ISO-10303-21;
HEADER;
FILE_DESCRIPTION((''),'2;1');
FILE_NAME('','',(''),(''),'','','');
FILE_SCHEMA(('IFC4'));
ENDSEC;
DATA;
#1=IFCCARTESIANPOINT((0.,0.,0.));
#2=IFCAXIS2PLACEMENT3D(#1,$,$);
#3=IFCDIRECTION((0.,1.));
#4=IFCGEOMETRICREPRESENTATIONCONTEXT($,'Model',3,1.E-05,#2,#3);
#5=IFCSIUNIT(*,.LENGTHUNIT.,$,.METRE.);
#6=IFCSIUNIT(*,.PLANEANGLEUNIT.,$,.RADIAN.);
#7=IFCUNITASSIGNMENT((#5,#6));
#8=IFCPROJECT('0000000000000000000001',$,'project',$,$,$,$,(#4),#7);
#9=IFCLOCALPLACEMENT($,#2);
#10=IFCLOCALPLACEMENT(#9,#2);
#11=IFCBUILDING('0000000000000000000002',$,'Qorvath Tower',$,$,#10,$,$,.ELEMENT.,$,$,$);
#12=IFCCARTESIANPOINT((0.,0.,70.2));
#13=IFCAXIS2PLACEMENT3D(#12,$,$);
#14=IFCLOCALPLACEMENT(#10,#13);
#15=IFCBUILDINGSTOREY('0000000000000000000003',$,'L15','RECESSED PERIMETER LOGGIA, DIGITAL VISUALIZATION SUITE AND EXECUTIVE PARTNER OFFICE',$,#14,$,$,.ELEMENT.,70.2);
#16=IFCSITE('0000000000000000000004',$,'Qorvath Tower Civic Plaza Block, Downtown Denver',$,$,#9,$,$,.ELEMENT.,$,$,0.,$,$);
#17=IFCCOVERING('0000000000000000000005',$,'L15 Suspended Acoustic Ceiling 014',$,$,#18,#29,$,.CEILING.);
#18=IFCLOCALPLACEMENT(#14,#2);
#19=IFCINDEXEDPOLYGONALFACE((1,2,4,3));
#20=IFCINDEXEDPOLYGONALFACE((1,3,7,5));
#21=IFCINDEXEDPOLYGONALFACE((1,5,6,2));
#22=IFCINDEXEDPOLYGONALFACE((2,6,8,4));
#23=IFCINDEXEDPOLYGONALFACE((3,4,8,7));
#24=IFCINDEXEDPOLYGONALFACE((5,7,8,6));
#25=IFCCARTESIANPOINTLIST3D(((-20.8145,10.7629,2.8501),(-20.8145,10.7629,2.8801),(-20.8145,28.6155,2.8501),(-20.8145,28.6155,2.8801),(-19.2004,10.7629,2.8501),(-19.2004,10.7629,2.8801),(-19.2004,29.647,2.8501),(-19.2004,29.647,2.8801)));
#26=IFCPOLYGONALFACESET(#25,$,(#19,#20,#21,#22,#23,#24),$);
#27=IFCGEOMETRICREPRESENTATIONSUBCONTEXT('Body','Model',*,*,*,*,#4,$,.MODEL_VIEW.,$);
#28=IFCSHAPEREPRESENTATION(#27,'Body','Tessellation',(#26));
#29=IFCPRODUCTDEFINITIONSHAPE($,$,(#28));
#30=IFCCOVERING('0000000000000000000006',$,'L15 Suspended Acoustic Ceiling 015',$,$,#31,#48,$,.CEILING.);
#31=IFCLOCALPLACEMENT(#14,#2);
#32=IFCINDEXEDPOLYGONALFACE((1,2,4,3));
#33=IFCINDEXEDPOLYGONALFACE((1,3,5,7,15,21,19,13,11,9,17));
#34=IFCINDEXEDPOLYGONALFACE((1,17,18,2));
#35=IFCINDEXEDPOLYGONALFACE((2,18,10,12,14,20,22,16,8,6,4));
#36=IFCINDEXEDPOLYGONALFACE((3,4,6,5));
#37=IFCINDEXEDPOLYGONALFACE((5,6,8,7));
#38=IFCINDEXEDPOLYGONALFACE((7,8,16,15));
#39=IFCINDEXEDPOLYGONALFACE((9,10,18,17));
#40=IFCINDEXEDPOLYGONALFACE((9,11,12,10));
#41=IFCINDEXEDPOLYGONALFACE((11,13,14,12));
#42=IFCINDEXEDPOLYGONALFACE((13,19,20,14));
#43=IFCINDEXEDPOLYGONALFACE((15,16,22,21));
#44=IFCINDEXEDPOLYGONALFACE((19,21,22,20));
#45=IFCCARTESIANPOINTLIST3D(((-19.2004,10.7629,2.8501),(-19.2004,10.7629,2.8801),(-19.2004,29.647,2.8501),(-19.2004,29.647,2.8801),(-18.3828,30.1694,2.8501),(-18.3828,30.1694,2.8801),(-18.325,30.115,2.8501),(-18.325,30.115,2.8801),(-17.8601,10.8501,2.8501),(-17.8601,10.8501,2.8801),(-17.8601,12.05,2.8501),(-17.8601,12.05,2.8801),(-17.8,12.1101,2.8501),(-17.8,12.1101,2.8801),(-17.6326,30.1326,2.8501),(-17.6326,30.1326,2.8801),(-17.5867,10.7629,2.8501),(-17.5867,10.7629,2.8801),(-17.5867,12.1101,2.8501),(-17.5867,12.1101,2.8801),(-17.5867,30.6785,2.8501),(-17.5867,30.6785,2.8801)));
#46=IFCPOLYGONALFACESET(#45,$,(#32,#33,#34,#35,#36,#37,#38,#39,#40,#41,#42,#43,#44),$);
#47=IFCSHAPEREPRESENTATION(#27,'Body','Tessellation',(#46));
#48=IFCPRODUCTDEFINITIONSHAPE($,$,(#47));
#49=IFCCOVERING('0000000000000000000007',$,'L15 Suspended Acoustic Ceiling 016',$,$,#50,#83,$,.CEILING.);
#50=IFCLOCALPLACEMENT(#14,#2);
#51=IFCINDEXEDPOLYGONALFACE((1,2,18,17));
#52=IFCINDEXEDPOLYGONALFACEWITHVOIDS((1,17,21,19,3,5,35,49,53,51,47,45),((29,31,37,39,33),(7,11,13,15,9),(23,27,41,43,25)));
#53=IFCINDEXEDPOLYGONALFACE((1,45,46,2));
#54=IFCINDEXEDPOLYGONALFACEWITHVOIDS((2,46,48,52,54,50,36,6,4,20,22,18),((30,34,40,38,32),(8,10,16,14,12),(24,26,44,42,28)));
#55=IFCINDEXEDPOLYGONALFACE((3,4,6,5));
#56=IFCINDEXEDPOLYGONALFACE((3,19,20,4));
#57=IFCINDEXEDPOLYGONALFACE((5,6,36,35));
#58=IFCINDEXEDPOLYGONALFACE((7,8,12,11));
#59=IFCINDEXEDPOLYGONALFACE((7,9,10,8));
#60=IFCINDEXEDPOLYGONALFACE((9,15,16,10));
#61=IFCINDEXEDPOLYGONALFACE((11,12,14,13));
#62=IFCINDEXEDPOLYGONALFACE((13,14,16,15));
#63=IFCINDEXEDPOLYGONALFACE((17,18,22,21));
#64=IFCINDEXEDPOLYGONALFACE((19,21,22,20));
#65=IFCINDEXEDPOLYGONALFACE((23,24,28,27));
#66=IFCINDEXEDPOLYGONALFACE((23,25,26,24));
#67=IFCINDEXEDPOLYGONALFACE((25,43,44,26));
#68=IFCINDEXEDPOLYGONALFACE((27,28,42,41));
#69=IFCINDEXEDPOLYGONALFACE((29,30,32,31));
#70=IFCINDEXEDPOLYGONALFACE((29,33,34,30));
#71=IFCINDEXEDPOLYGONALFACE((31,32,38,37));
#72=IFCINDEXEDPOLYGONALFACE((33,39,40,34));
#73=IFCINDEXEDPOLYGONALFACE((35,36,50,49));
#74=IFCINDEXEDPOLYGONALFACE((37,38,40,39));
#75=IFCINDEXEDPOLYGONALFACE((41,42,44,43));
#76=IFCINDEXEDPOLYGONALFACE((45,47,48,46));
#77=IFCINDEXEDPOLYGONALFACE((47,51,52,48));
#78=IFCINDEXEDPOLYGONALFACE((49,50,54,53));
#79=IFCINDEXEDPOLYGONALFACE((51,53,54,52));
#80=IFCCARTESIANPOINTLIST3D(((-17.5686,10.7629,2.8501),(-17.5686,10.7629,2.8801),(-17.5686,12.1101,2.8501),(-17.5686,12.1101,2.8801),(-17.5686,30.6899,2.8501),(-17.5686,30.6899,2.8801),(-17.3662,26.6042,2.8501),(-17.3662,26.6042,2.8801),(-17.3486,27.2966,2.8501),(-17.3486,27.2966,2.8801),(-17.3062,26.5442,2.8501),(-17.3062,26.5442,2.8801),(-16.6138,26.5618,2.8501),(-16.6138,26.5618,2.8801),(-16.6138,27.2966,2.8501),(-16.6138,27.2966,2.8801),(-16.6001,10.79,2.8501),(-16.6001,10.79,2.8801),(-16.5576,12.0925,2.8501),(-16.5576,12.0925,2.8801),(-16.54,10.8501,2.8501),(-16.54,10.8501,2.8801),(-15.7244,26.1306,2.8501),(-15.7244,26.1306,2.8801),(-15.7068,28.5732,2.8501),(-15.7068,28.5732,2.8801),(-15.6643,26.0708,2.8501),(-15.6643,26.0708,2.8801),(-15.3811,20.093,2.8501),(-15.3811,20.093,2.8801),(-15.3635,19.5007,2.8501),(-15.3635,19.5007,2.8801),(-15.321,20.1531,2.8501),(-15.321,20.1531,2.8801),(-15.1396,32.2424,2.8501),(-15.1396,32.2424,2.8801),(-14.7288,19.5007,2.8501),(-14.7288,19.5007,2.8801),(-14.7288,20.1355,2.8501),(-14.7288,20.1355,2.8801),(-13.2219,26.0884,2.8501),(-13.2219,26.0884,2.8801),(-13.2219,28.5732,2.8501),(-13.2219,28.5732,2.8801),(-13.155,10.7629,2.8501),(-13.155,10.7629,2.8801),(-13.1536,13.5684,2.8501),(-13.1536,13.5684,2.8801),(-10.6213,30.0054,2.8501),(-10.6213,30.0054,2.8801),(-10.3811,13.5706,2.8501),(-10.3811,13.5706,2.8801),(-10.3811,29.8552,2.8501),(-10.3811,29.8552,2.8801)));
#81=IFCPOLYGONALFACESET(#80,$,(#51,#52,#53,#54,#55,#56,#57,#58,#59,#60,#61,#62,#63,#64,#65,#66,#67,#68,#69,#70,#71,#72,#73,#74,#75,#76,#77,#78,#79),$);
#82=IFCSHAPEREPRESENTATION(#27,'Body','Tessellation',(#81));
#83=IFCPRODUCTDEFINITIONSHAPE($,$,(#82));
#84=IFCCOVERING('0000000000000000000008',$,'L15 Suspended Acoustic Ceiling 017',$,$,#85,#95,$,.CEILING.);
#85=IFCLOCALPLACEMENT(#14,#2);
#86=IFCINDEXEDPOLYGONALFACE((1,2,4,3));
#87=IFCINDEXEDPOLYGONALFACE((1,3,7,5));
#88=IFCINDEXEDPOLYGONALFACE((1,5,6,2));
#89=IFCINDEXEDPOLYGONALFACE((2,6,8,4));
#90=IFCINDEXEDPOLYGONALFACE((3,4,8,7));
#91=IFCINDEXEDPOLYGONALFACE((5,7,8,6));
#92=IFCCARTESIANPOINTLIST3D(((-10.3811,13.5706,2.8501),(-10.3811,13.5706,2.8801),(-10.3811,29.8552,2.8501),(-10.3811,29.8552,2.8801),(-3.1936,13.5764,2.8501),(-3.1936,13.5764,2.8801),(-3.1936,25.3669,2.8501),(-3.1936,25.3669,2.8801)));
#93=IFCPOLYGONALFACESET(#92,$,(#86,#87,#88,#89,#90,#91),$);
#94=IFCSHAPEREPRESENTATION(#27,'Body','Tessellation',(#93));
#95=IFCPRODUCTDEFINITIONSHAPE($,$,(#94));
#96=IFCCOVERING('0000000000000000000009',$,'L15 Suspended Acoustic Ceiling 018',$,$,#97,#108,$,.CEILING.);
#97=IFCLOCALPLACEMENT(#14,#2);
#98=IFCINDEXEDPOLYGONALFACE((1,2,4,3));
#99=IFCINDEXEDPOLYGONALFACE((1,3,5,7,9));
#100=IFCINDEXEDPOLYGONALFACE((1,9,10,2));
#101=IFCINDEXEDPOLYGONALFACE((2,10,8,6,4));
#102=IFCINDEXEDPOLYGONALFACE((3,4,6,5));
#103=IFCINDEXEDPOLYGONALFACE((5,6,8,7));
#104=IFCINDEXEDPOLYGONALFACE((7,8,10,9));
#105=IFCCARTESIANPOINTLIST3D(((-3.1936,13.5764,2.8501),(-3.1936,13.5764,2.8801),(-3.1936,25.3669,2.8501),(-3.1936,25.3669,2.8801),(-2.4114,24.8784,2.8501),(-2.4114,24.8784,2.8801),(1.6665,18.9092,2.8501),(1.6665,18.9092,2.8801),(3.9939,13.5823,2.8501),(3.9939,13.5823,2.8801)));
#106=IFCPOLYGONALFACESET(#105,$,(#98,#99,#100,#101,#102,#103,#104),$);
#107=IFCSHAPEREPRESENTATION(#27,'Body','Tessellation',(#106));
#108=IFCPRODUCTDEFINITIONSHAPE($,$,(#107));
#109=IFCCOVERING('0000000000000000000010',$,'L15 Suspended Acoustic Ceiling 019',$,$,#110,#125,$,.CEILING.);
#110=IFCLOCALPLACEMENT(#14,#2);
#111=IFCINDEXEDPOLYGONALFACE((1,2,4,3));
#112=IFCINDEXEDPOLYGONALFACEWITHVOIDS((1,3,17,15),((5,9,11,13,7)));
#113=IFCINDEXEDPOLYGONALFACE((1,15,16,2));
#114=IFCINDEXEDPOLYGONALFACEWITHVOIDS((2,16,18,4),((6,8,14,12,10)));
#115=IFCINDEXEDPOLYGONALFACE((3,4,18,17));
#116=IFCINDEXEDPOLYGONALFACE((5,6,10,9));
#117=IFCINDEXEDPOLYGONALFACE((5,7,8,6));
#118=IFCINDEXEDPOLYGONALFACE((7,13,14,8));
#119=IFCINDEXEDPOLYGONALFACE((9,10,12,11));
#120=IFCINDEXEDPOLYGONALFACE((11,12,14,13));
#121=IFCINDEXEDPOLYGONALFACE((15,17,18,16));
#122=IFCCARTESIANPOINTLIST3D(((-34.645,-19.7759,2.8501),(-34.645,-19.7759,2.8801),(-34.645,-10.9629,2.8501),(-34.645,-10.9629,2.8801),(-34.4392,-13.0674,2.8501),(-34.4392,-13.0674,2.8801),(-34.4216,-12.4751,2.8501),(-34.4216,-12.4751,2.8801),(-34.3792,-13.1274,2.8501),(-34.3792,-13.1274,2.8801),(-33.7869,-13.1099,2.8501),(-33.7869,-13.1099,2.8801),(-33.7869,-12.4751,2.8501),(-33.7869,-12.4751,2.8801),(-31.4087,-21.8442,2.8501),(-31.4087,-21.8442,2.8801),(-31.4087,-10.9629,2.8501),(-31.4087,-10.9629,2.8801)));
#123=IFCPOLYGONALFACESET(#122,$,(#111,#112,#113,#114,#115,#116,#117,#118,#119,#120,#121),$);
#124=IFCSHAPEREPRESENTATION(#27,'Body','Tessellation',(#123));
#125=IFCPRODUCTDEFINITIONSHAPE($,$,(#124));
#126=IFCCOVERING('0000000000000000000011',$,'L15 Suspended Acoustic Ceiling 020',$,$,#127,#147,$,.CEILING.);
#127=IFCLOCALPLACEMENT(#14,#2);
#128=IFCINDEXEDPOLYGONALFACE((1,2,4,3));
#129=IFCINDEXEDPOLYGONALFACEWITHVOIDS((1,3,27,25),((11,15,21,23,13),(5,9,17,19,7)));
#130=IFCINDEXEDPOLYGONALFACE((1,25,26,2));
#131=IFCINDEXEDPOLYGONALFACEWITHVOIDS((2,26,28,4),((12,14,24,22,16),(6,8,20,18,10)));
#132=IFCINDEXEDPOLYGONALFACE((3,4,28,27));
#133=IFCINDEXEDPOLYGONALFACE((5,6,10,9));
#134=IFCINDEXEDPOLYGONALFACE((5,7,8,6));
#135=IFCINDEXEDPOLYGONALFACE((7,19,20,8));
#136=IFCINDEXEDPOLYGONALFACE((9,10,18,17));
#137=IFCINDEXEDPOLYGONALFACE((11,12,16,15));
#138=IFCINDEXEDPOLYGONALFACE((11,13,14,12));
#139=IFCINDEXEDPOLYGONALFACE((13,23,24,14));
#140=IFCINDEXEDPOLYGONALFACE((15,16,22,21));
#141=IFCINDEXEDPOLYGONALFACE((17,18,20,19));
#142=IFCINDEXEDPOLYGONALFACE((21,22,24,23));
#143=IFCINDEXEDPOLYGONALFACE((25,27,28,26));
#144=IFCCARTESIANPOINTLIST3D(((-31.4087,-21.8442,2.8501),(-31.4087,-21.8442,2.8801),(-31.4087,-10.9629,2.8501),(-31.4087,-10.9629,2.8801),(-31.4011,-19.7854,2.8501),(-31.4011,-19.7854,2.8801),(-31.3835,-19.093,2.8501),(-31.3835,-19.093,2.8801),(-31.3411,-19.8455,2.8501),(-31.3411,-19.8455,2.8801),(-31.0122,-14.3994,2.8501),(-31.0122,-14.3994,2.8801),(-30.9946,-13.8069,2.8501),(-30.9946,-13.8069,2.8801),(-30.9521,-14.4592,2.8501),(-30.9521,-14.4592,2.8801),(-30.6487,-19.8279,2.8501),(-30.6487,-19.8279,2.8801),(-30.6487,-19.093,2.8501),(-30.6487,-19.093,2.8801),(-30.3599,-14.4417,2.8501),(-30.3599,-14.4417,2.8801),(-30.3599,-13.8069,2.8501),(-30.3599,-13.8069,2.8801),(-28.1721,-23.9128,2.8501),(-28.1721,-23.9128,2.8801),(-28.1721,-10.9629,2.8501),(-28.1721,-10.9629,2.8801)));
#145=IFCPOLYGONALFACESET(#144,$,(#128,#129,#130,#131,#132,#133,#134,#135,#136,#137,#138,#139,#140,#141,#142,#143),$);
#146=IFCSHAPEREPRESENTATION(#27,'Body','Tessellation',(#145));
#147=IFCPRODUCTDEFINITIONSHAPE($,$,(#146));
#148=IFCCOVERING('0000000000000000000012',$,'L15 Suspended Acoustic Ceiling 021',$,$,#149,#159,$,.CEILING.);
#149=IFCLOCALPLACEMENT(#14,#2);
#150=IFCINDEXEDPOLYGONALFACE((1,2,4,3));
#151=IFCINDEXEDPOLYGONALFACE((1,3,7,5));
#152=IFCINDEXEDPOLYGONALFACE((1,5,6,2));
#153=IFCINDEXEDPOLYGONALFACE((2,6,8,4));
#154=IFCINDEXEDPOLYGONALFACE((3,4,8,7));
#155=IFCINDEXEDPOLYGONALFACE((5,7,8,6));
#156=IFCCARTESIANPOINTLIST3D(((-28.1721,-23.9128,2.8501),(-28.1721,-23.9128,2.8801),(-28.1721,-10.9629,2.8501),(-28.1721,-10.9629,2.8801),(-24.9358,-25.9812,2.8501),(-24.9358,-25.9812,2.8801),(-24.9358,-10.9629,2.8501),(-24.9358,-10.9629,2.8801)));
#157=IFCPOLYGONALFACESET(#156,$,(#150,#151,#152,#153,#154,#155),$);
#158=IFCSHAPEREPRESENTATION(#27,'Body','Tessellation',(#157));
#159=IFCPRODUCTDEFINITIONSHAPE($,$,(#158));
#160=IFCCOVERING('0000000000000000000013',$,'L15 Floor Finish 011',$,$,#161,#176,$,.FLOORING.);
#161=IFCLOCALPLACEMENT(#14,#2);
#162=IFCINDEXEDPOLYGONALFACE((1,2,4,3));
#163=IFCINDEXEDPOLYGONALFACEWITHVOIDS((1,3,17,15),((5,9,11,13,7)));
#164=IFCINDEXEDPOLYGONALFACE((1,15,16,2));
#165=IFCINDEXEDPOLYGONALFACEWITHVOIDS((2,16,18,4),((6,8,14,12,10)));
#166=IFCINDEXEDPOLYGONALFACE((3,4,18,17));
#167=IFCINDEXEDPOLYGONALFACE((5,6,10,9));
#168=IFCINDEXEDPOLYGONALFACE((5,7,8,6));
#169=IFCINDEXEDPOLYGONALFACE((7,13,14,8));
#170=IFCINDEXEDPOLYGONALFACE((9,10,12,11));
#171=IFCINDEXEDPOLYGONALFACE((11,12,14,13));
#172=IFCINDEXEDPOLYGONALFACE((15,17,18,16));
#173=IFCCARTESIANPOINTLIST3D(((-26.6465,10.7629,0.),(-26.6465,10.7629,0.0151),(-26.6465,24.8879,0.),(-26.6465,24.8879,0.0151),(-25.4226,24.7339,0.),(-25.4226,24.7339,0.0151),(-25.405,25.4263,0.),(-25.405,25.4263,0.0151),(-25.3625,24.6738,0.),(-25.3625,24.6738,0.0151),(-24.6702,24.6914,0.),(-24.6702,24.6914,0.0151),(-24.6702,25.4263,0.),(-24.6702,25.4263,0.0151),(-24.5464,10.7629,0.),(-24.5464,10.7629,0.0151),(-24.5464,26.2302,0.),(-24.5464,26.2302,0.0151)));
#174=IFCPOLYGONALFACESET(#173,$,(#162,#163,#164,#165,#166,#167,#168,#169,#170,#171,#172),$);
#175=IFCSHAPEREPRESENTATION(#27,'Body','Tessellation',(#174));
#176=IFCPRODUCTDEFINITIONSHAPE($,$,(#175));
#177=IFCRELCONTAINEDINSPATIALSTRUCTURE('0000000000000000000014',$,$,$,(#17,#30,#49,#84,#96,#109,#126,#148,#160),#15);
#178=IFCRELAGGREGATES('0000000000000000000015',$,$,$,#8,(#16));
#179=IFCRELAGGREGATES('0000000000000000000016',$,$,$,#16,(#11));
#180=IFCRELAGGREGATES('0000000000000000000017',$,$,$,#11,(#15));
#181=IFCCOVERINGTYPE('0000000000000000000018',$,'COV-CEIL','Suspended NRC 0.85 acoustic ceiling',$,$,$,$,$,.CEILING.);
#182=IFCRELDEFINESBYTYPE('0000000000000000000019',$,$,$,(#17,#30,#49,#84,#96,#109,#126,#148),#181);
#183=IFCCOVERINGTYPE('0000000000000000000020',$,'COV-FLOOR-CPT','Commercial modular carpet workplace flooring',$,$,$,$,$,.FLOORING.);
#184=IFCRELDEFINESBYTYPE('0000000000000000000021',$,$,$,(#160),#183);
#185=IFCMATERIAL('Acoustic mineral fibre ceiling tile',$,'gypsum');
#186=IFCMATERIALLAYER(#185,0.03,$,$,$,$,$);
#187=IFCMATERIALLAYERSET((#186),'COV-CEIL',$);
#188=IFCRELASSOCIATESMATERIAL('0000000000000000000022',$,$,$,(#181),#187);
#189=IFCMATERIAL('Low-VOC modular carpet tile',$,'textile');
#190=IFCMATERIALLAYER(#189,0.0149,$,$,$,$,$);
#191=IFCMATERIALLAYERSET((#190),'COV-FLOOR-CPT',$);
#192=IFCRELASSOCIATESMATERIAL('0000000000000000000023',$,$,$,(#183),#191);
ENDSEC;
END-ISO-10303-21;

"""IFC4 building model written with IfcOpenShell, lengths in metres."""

from ifc_helpers import new_model, si_unit, direction, frame, origin, place, context, subcontext, project, spatial, polyline, outline, extrude, material, layer, layer_set, type_object, element, save


model = new_model("IFC4")

# Units and contexts
model_context = context("Model", 3, precision=1e-05, world=origin(), true_north=direction((0.0, 1.0)))
body_context = subcontext(model_context, "Body", "Model", "MODEL_VIEW")
ifc_project = project(units=[si_unit("LENGTHUNIT", "METRE"), si_unit("PLANEANGLEUNIT", "RADIAN")], contexts=[model_context])

# Site, building, storey
site_placement = place(None, origin())
site = spatial("IfcSite", under=ifc_project, at=site_placement, Name="Qorvath Tower Civic Plaza Block, Downtown Denver", CompositionType="ELEMENT", RefElevation=0.0)
building_placement = place(site_placement, origin())
building = spatial("IfcBuilding", under=site, at=building_placement, Name="Qorvath Tower", CompositionType="ELEMENT")
storey_placement = place(building_placement, frame((0.0, 0.0, 70.2)))
storey = spatial("IfcBuildingStorey", under=building, at=storey_placement, Name="L15", Description="RECESSED PERIMETER LOGGIA, DIGITAL VISUALIZATION SUITE AND EXECUTIVE PARTNER OFFICE", CompositionType="ELEMENT", Elevation=70.2)

# Coverings
ifc_material_1 = material(Name="Acoustic mineral fibre ceiling tile", Category="gypsum")
ifc_layer_1 = layer(ifc_material_1, 0.03)
ifc_layer_set_1 = layer_set([ifc_layer_1], Name="COV-CEIL")
covering_type_1 = type_object("IfcCoveringType", Name="COV-CEIL", Description="Suspended NRC 0.85 acoustic ceiling", PredefinedType="CEILING", material=ifc_layer_set_1)
covering_1_placement = place(storey_placement, frame((0.0, 0.0, 2.8501)))
element("IfcCovering", 1, at=covering_1_placement, inside=storey, type_object=covering_type_1, Name="L15 Suspended Acoustic Ceiling 014", PredefinedType="CEILING", context=body_context, shape_type="SweptSolid", body=[
    extrude(outline(polyline([(-19.2004, 10.7629), (-19.2004, 29.647), (-20.8145, 28.6155), (-20.8145, 10.7629), (-19.2004, 10.7629)])), origin(), (0.0, 0.0, 1.0), 0.03),
])
covering_2_placement = place(storey_placement, frame((0.0, 0.0, 2.8501)))
element("IfcCovering", 2, at=covering_2_placement, inside=storey, type_object=covering_type_1, Name="L15 Suspended Acoustic Ceiling 015", PredefinedType="CEILING", context=body_context, shape_type="SweptSolid", body=[
    extrude(outline(polyline([(-17.5867, 12.1101), (-17.5867, 30.6785), (-17.6326, 30.1326), (-18.325, 30.115), (-18.3828, 30.1694), (-19.2004, 29.647), (-19.2004, 10.7629), (-17.5867, 10.7629), (-17.8601, 10.8501), (-17.8601, 12.05), (-17.8, 12.1101), (-17.5867, 12.1101)])), origin(), (0.0, 0.0, 1.0), 0.03),
])
covering_3_placement = place(storey_placement, frame((0.0, 0.0, 2.8501)))
element("IfcCovering", 3, at=covering_3_placement, inside=storey, type_object=covering_type_1, Name="L15 Suspended Acoustic Ceiling 016", PredefinedType="CEILING", context=body_context, shape_type="SweptSolid", body=[
    extrude(outline(polyline([(-13.1536, 13.5684), (-10.3811, 13.5706), (-10.3811, 29.8552), (-10.6213, 30.0054), (-15.1396, 32.2424), (-17.5686, 30.6899), (-17.5686, 12.1101), (-16.5576, 12.0925), (-16.54, 10.8501), (-16.6001, 10.79), (-17.5686, 10.7629), (-13.155, 10.7629), (-13.1536, 13.5684)]), holes=[polyline([(-15.7244, 26.1306), (-15.7068, 28.5732), (-13.2219, 28.5732), (-13.2219, 26.0884), (-15.6643, 26.0708), (-15.7244, 26.1306)]), polyline([(-15.3811, 20.093), (-15.321, 20.1531), (-14.7288, 20.1355), (-14.7288, 19.5007), (-15.3635, 19.5007), (-15.3811, 20.093)]), polyline([(-17.3662, 26.6042), (-17.3486, 27.2966), (-16.6138, 27.2966), (-16.6138, 26.5618), (-17.3062, 26.5442), (-17.3662, 26.6042)])]), origin(), (0.0, 0.0, 1.0), 0.03),
])
covering_4_placement = place(storey_placement, frame((0.0, 0.0, 2.8501)))
element("IfcCovering", 4, at=covering_4_placement, inside=storey, type_object=covering_type_1, Name="L15 Suspended Acoustic Ceiling 017", PredefinedType="CEILING", context=body_context, shape_type="SweptSolid", body=[
    extrude(outline(polyline([(-10.3811, 29.8552), (-10.3811, 13.5706), (-3.1936, 13.5764), (-3.1936, 25.3669), (-10.3811, 29.8552)])), origin(), (0.0, 0.0, 1.0), 0.03),
])
covering_5_placement = place(storey_placement, frame((0.0, 0.0, 2.8501)))
element("IfcCovering", 5, at=covering_5_placement, inside=storey, type_object=covering_type_1, Name="L15 Suspended Acoustic Ceiling 018", PredefinedType="CEILING", context=body_context, shape_type="SweptSolid", body=[
    extrude(outline(polyline([(-3.1936, 25.3669), (-3.1936, 13.5764), (3.9939, 13.5823), (1.6665, 18.9092), (-2.4114, 24.8784), (-3.1936, 25.3669)])), origin(), (0.0, 0.0, 1.0), 0.03),
])
covering_6_placement = place(storey_placement, frame((0.0, 0.0, 2.8501)))
element("IfcCovering", 6, at=covering_6_placement, inside=storey, type_object=covering_type_1, Name="L15 Suspended Acoustic Ceiling 019", PredefinedType="CEILING", context=body_context, shape_type="SweptSolid", body=[
    extrude(outline(polyline([(-34.645, -10.9629), (-34.645, -19.7759), (-31.4087, -21.8442), (-31.4087, -10.9629), (-34.645, -10.9629)]), holes=[polyline([(-34.4392, -13.0674), (-34.4216, -12.4751), (-33.7869, -12.4751), (-33.7869, -13.1099), (-34.3792, -13.1274), (-34.4392, -13.0674)])]), origin(), (0.0, 0.0, 1.0), 0.03),
])
covering_7_placement = place(storey_placement, frame((0.0, 0.0, 2.8501)))
element("IfcCovering", 7, at=covering_7_placement, inside=storey, type_object=covering_type_1, Name="L15 Suspended Acoustic Ceiling 020", PredefinedType="CEILING", context=body_context, shape_type="SweptSolid", body=[
    extrude(outline(polyline([(-31.4087, -10.9629), (-31.4087, -21.8442), (-28.1721, -23.9128), (-28.1721, -10.9629), (-31.4087, -10.9629)]), holes=[polyline([(-31.0122, -14.3994), (-30.9946, -13.8069), (-30.3599, -13.8069), (-30.3599, -14.4417), (-30.9521, -14.4592), (-31.0122, -14.3994)]), polyline([(-31.4011, -19.7854), (-31.3835, -19.093), (-30.6487, -19.093), (-30.6487, -19.8279), (-31.3411, -19.8455), (-31.4011, -19.7854)])]), origin(), (0.0, 0.0, 1.0), 0.03),
])
covering_8_placement = place(storey_placement, frame((0.0, 0.0, 2.8501)))
element("IfcCovering", 8, at=covering_8_placement, inside=storey, type_object=covering_type_1, Name="L15 Suspended Acoustic Ceiling 021", PredefinedType="CEILING", context=body_context, shape_type="SweptSolid", body=[
    extrude(outline(polyline([(-28.1721, -10.9629), (-28.1721, -23.9128), (-24.9358, -25.9812), (-24.9358, -10.9629), (-28.1721, -10.9629)])), origin(), (0.0, 0.0, 1.0), 0.03),
])
ifc_material_2 = material(Name="Low-VOC modular carpet tile", Category="textile")
ifc_layer_2 = layer(ifc_material_2, 0.0149)
ifc_layer_set_2 = layer_set([ifc_layer_2], Name="COV-FLOOR-CPT")
covering_type_2 = type_object("IfcCoveringType", Name="COV-FLOOR-CPT", Description="Commercial modular carpet workplace flooring", PredefinedType="FLOORING", material=ifc_layer_set_2)
covering_9_placement = place(storey_placement, origin())
element("IfcCovering", 9, at=covering_9_placement, inside=storey, type_object=covering_type_2, Name="L15 Floor Finish 011", PredefinedType="FLOORING", context=body_context, shape_type="SweptSolid", body=[
    extrude(outline(polyline([(-26.6465, 24.8879), (-26.6465, 10.7629), (-24.5464, 10.7629), (-24.5464, 26.2302), (-26.6465, 24.8879)]), holes=[polyline([(-25.4226, 24.7339), (-25.405, 25.4263), (-24.6702, 25.4263), (-24.6702, 24.6914), (-25.3625, 24.6738), (-25.4226, 24.7339)])]), origin(), (0.0, 0.0, 1.0), 0.0151),
])

save(model, "model.ifc")
